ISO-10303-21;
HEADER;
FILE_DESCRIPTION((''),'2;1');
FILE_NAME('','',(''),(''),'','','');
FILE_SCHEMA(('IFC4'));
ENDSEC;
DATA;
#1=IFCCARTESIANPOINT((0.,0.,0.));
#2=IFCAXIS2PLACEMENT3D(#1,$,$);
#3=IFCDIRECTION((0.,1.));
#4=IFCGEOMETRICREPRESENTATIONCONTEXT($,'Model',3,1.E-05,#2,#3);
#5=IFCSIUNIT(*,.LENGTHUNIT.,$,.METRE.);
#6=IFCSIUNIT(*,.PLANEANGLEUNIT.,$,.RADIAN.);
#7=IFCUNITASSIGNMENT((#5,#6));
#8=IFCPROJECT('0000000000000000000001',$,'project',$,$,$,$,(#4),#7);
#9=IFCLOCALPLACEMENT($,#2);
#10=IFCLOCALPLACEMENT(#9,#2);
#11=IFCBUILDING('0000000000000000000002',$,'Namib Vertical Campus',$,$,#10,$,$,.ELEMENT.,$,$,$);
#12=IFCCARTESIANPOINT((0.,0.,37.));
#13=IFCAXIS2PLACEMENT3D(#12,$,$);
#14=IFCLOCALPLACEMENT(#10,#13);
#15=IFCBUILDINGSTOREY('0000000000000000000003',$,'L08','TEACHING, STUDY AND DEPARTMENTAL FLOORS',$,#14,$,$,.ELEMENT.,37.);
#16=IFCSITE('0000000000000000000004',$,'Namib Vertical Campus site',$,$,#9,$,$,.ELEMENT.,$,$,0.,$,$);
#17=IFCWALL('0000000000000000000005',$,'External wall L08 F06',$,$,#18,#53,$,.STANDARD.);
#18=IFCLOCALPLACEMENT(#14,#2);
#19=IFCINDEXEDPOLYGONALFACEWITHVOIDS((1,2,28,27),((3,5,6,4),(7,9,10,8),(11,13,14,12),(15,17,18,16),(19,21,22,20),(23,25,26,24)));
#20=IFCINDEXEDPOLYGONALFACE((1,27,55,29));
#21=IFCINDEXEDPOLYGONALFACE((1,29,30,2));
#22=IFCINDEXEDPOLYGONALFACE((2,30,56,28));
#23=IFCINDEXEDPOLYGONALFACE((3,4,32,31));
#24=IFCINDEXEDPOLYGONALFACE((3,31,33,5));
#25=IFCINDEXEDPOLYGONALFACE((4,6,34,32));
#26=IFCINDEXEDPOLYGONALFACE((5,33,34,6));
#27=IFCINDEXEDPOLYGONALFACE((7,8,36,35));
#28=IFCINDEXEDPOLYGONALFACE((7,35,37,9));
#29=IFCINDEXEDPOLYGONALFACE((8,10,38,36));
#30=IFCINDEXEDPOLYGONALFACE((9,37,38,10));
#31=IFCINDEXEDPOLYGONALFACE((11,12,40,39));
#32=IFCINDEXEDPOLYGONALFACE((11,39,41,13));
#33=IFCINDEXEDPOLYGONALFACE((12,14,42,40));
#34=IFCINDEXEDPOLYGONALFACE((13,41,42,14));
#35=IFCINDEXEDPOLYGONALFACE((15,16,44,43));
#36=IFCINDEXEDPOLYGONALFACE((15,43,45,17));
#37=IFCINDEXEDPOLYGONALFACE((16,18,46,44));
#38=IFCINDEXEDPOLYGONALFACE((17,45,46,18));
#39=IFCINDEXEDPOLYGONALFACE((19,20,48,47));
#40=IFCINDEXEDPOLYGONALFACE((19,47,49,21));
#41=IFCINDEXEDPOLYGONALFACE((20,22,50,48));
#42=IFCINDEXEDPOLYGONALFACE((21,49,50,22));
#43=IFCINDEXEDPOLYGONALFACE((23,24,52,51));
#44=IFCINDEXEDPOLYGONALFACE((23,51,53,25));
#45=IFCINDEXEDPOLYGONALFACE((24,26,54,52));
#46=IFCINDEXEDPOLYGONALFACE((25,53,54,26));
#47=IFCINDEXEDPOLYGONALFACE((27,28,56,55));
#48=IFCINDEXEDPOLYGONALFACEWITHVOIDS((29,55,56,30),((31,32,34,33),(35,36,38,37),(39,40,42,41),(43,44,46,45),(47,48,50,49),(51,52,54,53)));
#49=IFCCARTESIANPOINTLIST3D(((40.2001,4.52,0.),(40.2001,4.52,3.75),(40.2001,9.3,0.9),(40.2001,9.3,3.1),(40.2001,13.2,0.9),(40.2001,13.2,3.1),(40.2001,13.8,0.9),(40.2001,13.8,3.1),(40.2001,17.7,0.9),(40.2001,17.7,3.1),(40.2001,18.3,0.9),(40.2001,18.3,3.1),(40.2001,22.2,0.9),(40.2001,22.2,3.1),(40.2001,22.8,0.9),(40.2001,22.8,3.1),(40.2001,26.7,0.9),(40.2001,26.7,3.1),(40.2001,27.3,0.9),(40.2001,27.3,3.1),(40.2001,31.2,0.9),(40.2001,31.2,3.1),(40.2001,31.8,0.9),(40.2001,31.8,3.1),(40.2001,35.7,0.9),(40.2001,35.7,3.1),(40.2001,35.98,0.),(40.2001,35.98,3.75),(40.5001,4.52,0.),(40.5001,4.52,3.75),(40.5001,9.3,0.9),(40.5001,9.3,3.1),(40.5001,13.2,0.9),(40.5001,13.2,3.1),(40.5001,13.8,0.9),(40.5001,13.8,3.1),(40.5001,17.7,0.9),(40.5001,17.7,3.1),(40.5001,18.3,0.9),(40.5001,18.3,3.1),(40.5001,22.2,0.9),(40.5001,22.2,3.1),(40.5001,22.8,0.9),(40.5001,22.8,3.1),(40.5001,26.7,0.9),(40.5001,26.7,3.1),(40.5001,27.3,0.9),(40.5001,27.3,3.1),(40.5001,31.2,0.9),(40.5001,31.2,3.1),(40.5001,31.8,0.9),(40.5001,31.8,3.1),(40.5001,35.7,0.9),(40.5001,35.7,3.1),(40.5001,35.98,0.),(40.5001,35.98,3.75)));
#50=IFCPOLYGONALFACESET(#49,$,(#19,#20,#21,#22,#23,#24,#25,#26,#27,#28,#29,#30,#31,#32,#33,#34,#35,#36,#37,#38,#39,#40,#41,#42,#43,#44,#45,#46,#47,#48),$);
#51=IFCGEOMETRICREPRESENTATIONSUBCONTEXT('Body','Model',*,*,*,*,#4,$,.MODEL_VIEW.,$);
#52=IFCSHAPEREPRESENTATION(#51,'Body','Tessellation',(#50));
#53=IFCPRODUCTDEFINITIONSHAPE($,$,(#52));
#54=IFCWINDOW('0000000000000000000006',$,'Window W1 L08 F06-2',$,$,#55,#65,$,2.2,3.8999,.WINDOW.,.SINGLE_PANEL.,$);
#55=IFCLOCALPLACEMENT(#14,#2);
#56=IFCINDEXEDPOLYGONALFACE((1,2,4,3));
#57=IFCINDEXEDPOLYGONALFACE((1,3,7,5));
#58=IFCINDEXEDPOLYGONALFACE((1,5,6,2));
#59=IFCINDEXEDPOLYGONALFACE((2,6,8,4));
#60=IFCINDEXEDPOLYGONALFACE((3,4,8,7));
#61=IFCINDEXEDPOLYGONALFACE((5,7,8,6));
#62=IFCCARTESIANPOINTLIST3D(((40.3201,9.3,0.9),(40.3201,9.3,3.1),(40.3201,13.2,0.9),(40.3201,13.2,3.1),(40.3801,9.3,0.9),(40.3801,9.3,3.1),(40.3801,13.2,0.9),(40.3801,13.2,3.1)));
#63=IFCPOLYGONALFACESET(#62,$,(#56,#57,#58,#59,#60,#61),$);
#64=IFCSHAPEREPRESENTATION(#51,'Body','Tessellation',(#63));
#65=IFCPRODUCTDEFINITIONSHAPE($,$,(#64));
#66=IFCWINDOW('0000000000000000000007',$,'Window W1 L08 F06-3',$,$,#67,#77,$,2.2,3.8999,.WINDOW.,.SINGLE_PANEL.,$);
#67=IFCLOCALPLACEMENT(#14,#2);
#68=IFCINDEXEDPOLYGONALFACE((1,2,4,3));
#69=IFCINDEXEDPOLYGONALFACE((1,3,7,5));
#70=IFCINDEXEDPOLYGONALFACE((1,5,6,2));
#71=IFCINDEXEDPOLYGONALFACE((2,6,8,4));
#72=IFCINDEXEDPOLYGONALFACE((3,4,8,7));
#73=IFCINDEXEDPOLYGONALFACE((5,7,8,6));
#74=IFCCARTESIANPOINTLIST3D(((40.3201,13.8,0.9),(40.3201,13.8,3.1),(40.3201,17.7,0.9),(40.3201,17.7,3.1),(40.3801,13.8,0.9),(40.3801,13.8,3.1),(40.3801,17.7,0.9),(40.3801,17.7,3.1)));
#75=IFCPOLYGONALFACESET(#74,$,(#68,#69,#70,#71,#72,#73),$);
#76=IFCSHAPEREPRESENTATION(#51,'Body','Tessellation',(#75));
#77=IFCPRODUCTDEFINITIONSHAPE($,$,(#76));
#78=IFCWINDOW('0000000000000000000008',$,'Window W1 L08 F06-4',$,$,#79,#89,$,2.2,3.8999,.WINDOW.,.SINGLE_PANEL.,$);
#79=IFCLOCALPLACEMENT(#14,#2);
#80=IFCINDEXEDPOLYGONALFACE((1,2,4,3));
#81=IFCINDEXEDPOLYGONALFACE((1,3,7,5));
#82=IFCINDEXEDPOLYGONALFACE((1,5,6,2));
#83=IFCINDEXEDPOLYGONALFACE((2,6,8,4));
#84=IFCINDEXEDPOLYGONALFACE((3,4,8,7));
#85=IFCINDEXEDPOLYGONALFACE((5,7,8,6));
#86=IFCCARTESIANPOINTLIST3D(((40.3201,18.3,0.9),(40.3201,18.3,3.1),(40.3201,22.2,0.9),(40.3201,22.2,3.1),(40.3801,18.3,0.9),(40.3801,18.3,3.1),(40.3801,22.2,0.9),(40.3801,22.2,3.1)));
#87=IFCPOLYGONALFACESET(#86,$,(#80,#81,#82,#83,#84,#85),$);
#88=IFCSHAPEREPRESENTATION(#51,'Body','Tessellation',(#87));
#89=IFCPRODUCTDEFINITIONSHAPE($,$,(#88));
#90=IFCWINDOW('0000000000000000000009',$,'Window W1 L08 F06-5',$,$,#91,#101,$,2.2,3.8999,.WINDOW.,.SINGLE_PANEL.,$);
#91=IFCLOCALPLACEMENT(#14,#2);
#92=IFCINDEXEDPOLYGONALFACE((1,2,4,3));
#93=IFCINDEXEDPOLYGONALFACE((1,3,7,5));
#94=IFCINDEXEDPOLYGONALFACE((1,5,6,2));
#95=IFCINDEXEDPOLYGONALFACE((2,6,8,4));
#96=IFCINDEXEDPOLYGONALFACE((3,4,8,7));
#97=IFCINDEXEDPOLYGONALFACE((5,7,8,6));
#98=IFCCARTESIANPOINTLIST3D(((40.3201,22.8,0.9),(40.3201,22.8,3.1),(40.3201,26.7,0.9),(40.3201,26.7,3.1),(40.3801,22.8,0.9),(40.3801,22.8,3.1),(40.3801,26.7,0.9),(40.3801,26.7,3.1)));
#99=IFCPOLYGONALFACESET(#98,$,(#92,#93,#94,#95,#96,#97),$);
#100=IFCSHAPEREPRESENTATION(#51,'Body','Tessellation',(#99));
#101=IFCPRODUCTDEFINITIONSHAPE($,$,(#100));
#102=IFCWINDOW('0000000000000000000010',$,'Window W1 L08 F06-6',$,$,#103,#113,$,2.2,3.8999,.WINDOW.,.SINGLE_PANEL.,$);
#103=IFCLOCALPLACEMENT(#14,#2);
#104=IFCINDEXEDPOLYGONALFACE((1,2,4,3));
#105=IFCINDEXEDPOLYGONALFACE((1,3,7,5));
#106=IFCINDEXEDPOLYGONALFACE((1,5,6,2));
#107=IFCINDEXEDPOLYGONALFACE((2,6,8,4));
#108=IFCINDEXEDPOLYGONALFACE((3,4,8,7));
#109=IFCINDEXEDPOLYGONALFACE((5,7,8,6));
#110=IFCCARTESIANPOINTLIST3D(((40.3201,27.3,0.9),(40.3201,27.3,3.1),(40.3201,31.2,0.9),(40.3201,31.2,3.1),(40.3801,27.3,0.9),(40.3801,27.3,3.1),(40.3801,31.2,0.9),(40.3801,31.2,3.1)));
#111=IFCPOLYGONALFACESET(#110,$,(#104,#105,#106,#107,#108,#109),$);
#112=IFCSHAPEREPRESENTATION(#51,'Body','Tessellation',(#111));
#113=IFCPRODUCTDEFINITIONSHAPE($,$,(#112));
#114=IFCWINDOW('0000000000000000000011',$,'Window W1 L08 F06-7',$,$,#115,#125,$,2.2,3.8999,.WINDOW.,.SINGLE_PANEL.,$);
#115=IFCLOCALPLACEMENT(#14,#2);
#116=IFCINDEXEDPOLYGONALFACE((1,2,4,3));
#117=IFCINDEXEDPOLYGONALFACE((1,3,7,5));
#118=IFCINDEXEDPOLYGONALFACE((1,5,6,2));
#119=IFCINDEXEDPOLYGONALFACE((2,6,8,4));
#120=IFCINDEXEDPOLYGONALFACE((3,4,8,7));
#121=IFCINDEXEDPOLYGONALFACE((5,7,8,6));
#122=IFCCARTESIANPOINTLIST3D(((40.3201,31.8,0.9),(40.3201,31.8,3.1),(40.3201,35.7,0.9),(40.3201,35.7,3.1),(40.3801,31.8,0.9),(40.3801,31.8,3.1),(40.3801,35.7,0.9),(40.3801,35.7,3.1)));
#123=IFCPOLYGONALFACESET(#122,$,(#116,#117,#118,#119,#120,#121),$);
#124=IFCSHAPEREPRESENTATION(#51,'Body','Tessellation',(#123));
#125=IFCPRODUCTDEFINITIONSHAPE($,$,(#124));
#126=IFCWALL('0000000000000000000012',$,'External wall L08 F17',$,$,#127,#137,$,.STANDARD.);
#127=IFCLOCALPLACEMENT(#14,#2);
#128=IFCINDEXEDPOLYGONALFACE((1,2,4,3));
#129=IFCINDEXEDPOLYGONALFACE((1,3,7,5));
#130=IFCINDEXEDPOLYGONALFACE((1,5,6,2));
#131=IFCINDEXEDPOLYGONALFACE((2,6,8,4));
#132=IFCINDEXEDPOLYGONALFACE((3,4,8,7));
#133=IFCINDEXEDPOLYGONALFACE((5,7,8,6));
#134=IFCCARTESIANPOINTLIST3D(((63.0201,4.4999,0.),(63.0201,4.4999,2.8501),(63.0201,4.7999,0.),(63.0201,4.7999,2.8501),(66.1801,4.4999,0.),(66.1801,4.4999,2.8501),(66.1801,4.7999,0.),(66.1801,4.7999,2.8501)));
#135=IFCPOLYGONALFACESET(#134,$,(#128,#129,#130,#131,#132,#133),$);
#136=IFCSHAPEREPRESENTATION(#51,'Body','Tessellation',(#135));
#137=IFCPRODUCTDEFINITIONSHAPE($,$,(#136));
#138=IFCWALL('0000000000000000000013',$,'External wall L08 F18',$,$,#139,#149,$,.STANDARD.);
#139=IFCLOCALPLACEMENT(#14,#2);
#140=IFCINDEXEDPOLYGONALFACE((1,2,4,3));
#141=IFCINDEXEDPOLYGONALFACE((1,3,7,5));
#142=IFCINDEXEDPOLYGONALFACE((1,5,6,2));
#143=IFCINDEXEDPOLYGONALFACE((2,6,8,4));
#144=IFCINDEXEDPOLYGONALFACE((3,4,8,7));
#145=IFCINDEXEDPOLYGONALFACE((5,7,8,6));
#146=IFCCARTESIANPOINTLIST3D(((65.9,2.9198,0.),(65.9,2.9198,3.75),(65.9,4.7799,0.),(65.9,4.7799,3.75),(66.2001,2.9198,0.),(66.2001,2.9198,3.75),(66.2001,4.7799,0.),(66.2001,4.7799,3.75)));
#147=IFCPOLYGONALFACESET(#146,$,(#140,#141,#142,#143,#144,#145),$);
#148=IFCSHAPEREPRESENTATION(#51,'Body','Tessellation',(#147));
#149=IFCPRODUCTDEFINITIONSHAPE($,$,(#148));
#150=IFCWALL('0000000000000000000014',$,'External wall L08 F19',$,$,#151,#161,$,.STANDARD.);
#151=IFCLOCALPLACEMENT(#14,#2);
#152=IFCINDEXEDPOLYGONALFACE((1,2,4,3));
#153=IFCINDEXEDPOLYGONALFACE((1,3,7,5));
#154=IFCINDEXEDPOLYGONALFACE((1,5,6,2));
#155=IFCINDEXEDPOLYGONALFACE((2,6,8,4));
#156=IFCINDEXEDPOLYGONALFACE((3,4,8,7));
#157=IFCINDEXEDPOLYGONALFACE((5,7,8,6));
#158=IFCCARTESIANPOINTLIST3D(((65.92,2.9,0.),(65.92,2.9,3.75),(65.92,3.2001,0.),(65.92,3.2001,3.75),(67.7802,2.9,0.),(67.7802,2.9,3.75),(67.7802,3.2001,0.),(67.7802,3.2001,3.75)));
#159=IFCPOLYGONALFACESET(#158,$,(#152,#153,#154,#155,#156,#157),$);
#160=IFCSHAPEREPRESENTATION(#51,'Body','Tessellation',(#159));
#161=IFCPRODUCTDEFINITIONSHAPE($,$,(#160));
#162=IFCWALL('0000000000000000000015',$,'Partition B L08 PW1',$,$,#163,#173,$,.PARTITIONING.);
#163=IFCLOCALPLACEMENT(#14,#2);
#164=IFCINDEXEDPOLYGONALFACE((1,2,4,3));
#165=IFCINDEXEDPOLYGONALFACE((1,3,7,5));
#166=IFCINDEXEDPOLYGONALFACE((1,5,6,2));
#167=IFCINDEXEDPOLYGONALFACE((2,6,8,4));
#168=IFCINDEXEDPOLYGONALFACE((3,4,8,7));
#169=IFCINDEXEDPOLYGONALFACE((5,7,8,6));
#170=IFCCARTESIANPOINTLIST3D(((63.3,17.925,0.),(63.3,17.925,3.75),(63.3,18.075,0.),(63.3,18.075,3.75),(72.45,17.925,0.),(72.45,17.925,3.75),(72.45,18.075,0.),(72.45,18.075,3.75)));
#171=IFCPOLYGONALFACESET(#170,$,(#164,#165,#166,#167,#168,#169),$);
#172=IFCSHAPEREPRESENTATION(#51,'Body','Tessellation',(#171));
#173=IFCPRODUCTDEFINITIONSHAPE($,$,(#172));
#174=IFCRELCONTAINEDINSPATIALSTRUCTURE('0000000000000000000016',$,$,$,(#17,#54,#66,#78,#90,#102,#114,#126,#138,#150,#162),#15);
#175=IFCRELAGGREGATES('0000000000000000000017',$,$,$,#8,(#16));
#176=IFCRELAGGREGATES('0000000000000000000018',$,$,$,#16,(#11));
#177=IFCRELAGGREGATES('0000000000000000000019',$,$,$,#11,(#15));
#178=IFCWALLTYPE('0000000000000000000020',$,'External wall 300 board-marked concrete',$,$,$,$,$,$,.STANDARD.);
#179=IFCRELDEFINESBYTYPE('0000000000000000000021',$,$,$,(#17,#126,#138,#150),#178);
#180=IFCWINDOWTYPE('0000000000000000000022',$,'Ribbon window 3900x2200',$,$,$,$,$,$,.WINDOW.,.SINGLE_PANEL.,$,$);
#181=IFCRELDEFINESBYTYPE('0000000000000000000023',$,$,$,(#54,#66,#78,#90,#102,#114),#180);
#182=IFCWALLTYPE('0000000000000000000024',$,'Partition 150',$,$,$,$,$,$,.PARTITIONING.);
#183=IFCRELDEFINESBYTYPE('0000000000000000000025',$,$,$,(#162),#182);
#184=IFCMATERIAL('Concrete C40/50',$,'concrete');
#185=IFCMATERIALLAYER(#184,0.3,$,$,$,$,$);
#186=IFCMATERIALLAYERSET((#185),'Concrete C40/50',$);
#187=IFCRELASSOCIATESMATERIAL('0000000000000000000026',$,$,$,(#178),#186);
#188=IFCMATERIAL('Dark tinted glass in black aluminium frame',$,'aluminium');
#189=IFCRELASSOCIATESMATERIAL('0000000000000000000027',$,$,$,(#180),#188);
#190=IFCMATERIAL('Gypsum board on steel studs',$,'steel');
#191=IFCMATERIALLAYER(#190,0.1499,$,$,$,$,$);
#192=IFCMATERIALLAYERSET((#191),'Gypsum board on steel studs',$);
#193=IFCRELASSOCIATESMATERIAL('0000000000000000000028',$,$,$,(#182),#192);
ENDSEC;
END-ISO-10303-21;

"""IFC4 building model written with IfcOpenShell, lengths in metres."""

from ifc_helpers import new_model, si_unit, direction, frame, frame_2d, origin, place, context, subcontext, project, spatial, rectangle, extrude, material, layer, layer_set, type_object, element, fill, save


model = new_model("IFC4")

# Units and contexts
model_context = context("Model", 3, precision=1e-05, world=origin(), true_north=direction((0.0, 1.0)))
body_context = subcontext(model_context, "Body", "Model", "MODEL_VIEW")
ifc_project = project(units=[si_unit("LENGTHUNIT", "METRE"), si_unit("PLANEANGLEUNIT", "RADIAN")], contexts=[model_context])

# Site, building, storey
site_placement = place(None, origin())
site = spatial("IfcSite", under=ifc_project, at=site_placement, Name="Namib Vertical Campus site", CompositionType="ELEMENT", RefElevation=0.0)
building_placement = place(site_placement, origin())
building = spatial("IfcBuilding", under=site, at=building_placement, Name="Namib Vertical Campus", CompositionType="ELEMENT")
storey_placement = place(building_placement, frame((0.0, 0.0, 37.0)))
storey = spatial("IfcBuildingStorey", under=building, at=storey_placement, Name="L08", Description="TEACHING, STUDY AND DEPARTMENTAL FLOORS", CompositionType="ELEMENT", Elevation=37.0)

# Shared definitions
ifc_material_1 = material(Name="Concrete C40/50", Category="concrete")
ifc_layer_1 = layer(ifc_material_1, 0.3)
ifc_layer_set_1 = layer_set([ifc_layer_1], Name="Concrete C40/50")
wall_type_1 = type_object("IfcWallType", Name="External wall 300 board-marked concrete", PredefinedType="STANDARD", material=ifc_layer_set_1)

# Wall, openings, windows
wall_1_placement = place(storey_placement, frame((40.3501, 4.52, 0.0), z_axis=(0.0, 0.0, 1.0), x_axis=(0.0, 1.0, 0.0)))
wall_1 = element("IfcWall", 1, at=wall_1_placement, inside=storey, type_object=wall_type_1, Name="External wall L08 F06", PredefinedType="STANDARD", context=body_context, shape_type="SweptSolid", body=[
    extrude(rectangle(XDim=31.46, YDim=0.3, at=frame_2d((15.73, 0.0))), origin(), (0.0, 0.0, 1.0), 3.75),
])
opening_1_placement = place(wall_1_placement, frame((4.78, 0.0, 0.8999)))
opening_1 = element("IfcOpeningElement", 2, at=opening_1_placement, cuts=wall_1, PredefinedType="OPENING", context=body_context, shape_type="SweptSolid", body=[
    extrude(rectangle(XDim=3.8999, YDim=2.2, at=frame_2d((1.95, 1.1001))), frame((0.0, 0.1599, 0.0), z_axis=(0.0, -1.0, 0.0), x_axis=(1.0, 0.0, 0.0)), (0.0, 0.0, 1.0), 0.3201),
])
opening_2_placement = place(wall_1_placement, frame((9.28, 0.0, 0.8999)))
opening_2 = element("IfcOpeningElement", 3, at=opening_2_placement, cuts=wall_1, PredefinedType="OPENING", context=body_context, shape_type="SweptSolid", body=[
    extrude(rectangle(XDim=3.8999, YDim=2.2, at=frame_2d((1.95, 1.1001))), frame((0.0, 0.1599, 0.0), z_axis=(0.0, -1.0, 0.0), x_axis=(1.0, 0.0, 0.0)), (0.0, 0.0, 1.0), 0.3201),
])
opening_3_placement = place(wall_1_placement, frame((13.78, 0.0, 0.8999)))
opening_3 = element("IfcOpeningElement", 4, at=opening_3_placement, cuts=wall_1, PredefinedType="OPENING", context=body_context, shape_type="SweptSolid", body=[
    extrude(rectangle(XDim=3.8999, YDim=2.2, at=frame_2d((1.95, 1.1001))), frame((0.0, 0.1599, 0.0), z_axis=(0.0, -1.0, 0.0), x_axis=(1.0, 0.0, 0.0)), (0.0, 0.0, 1.0), 0.3201),
])
opening_4_placement = place(wall_1_placement, frame((18.28, 0.0, 0.8999)))
opening_4 = element("IfcOpeningElement", 5, at=opening_4_placement, cuts=wall_1, PredefinedType="OPENING", context=body_context, shape_type="SweptSolid", body=[
    extrude(rectangle(XDim=3.8999, YDim=2.2, at=frame_2d((1.95, 1.1001))), frame((0.0, 0.1599, 0.0), z_axis=(0.0, -1.0, 0.0), x_axis=(1.0, 0.0, 0.0)), (0.0, 0.0, 1.0), 0.3201),
])
opening_5_placement = place(wall_1_placement, frame((22.78, 0.0, 0.8999)))
opening_5 = element("IfcOpeningElement", 6, at=opening_5_placement, cuts=wall_1, PredefinedType="OPENING", context=body_context, shape_type="SweptSolid", body=[
    extrude(rectangle(XDim=3.8999, YDim=2.2, at=frame_2d((1.95, 1.1001))), frame((0.0, 0.1599, 0.0), z_axis=(0.0, -1.0, 0.0), x_axis=(1.0, 0.0, 0.0)), (0.0, 0.0, 1.0), 0.3201),
])
opening_6_placement = place(wall_1_placement, frame((27.28, 0.0, 0.8999)))
opening_6 = element("IfcOpeningElement", 7, at=opening_6_placement, cuts=wall_1, PredefinedType="OPENING", context=body_context, shape_type="SweptSolid", body=[
    extrude(rectangle(XDim=3.8999, YDim=2.2, at=frame_2d((1.95, 1.1001))), frame((0.0, 0.1599, 0.0), z_axis=(0.0, -1.0, 0.0), x_axis=(1.0, 0.0, 0.0)), (0.0, 0.0, 1.0), 0.3201),
])
ifc_material_2 = material(Name="Dark tinted glass in black aluminium frame", Category="aluminium")
window_type = type_object("IfcWindowType", Name="Ribbon window 3900x2200", PartitioningType="SINGLE_PANEL", PredefinedType="WINDOW", material=ifc_material_2)
window_1_placement = place(opening_1_placement, origin())
window_1 = element("IfcWindow", 8, at=window_1_placement, inside=storey, type_object=window_type, Name="Window W1 L08 F06-2", OverallHeight=2.2, OverallWidth=3.8999, PartitioningType="SINGLE_PANEL", PredefinedType="WINDOW", context=body_context, shape_type="SweptSolid", body=[
    extrude(rectangle(XDim=3.8999, YDim=2.2, at=frame_2d((1.95, 1.1001))), frame((0.0, 0.03, 0.0), z_axis=(0.0, -1.0, 0.0), x_axis=(1.0, 0.0, 0.0)), (0.0, 0.0, 1.0), 0.0601),
])
fill(opening_1, window_1)
window_2_placement = place(opening_2_placement, origin())
window_2 = element("IfcWindow", 9, at=window_2_placement, inside=storey, type_object=window_type, Name="Window W1 L08 F06-3", OverallHeight=2.2, OverallWidth=3.8999, PartitioningType="SINGLE_PANEL", PredefinedType="WINDOW", context=body_context, shape_type="SweptSolid", body=[
    extrude(rectangle(XDim=3.8999, YDim=2.2, at=frame_2d((1.95, 1.1001))), frame((0.0, 0.03, 0.0), z_axis=(0.0, -1.0, 0.0), x_axis=(1.0, 0.0, 0.0)), (0.0, 0.0, 1.0), 0.0601),
])
fill(opening_2, window_2)
window_3_placement = place(opening_3_placement, origin())
window_3 = element("IfcWindow", 10, at=window_3_placement, inside=storey, type_object=window_type, Name="Window W1 L08 F06-4", OverallHeight=2.2, OverallWidth=3.8999, PartitioningType="SINGLE_PANEL", PredefinedType="WINDOW", context=body_context, shape_type="SweptSolid", body=[
    extrude(rectangle(XDim=3.8999, YDim=2.2, at=frame_2d((1.95, 1.1001))), frame((0.0, 0.03, 0.0), z_axis=(0.0, -1.0, 0.0), x_axis=(1.0, 0.0, 0.0)), (0.0, 0.0, 1.0), 0.0601),
])
fill(opening_3, window_3)
window_4_placement = place(opening_4_placement, origin())
window_4 = element("IfcWindow", 11, at=window_4_placement, inside=storey, type_object=window_type, Name="Window W1 L08 F06-5", OverallHeight=2.2, OverallWidth=3.8999, PartitioningType="SINGLE_PANEL", PredefinedType="WINDOW", context=body_context, shape_type="SweptSolid", body=[
    extrude(rectangle(XDim=3.8999, YDim=2.2, at=frame_2d((1.95, 1.1001))), frame((0.0, 0.03, 0.0), z_axis=(0.0, -1.0, 0.0), x_axis=(1.0, 0.0, 0.0)), (0.0, 0.0, 1.0), 0.0601),
])
fill(opening_4, window_4)
window_5_placement = place(opening_5_placement, origin())
window_5 = element("IfcWindow", 12, at=window_5_placement, inside=storey, type_object=window_type, Name="Window W1 L08 F06-6", OverallHeight=2.2, OverallWidth=3.8999, PartitioningType="SINGLE_PANEL", PredefinedType="WINDOW", context=body_context, shape_type="SweptSolid", body=[
    extrude(rectangle(XDim=3.8999, YDim=2.2, at=frame_2d((1.95, 1.1001))), frame((0.0, 0.03, 0.0), z_axis=(0.0, -1.0, 0.0), x_axis=(1.0, 0.0, 0.0)), (0.0, 0.0, 1.0), 0.0601),
])
fill(opening_5, window_5)
window_6_placement = place(opening_6_placement, origin())
window_6 = element("IfcWindow", 13, at=window_6_placement, inside=storey, type_object=window_type, Name="Window W1 L08 F06-7", OverallHeight=2.2, OverallWidth=3.8999, PartitioningType="SINGLE_PANEL", PredefinedType="WINDOW", context=body_context, shape_type="SweptSolid", body=[
    extrude(rectangle(XDim=3.8999, YDim=2.2, at=frame_2d((1.95, 1.1001))), frame((0.0, 0.03, 0.0), z_axis=(0.0, -1.0, 0.0), x_axis=(1.0, 0.0, 0.0)), (0.0, 0.0, 1.0), 0.0601),
])
fill(opening_6, window_6)

# Walls
wall_2_placement = place(storey_placement, frame((63.02, 4.6499, 0.0), z_axis=(0.0, 0.0, 1.0), x_axis=(1.0, 0.0, 0.0)))
element("IfcWall", 14, at=wall_2_placement, inside=storey, type_object=wall_type_1, Name="External wall L08 F17", PredefinedType="STANDARD", context=body_context, shape_type="SweptSolid", body=[
    extrude(rectangle(XDim=3.1599, YDim=0.3, at=frame_2d((1.5801, 0.0))), origin(), (0.0, 0.0, 1.0), 2.8501),
])
for number, where, z_axis, x_axis, name in (
    (15, (66.05, 4.78, 0.0), (0.0, 0.0, 1.0), (0.0, -1.0, 0.0), "External wall L08 F18"),
    (16, (65.9199, 3.05, 0.0), (0.0, 0.0, 1.0), (1.0, 0.0, 0.0), "External wall L08 F19"),
):
    element("IfcWall", number, at=place(storey_placement, frame(where, z_axis=z_axis, x_axis=x_axis)), inside=storey, type_object=wall_type_1, Name=name, PredefinedType="STANDARD", context=body_context, shape_type="SweptSolid", body=[
        extrude(rectangle(XDim=1.8601, YDim=0.3, at=frame_2d((0.9302, 0.0))), origin(), (0.0, 0.0, 1.0), 3.75),
    ])
ifc_material_3 = material(Name="Gypsum board on steel studs", Category="steel")
ifc_layer_2 = layer(ifc_material_3, 0.1499)
ifc_layer_set_2 = layer_set([ifc_layer_2], Name="Gypsum board on steel studs")
wall_type_2 = type_object("IfcWallType", Name="Partition 150", PredefinedType="PARTITIONING", material=ifc_layer_set_2)
wall_3_placement = place(storey_placement, frame((63.3, 18.0, 0.0), z_axis=(0.0, 0.0, 1.0), x_axis=(1.0, 0.0, 0.0)))
element("IfcWall", 17, at=wall_3_placement, inside=storey, type_object=wall_type_2, Name="Partition B L08 PW1", PredefinedType="PARTITIONING", context=body_context, shape_type="SweptSolid", body=[
    extrude(rectangle(XDim=9.1499, YDim=0.1499, at=frame_2d((4.575, 0.0))), origin(), (0.0, 0.0, 1.0), 3.75),
])

save(model, "model.ifc")
